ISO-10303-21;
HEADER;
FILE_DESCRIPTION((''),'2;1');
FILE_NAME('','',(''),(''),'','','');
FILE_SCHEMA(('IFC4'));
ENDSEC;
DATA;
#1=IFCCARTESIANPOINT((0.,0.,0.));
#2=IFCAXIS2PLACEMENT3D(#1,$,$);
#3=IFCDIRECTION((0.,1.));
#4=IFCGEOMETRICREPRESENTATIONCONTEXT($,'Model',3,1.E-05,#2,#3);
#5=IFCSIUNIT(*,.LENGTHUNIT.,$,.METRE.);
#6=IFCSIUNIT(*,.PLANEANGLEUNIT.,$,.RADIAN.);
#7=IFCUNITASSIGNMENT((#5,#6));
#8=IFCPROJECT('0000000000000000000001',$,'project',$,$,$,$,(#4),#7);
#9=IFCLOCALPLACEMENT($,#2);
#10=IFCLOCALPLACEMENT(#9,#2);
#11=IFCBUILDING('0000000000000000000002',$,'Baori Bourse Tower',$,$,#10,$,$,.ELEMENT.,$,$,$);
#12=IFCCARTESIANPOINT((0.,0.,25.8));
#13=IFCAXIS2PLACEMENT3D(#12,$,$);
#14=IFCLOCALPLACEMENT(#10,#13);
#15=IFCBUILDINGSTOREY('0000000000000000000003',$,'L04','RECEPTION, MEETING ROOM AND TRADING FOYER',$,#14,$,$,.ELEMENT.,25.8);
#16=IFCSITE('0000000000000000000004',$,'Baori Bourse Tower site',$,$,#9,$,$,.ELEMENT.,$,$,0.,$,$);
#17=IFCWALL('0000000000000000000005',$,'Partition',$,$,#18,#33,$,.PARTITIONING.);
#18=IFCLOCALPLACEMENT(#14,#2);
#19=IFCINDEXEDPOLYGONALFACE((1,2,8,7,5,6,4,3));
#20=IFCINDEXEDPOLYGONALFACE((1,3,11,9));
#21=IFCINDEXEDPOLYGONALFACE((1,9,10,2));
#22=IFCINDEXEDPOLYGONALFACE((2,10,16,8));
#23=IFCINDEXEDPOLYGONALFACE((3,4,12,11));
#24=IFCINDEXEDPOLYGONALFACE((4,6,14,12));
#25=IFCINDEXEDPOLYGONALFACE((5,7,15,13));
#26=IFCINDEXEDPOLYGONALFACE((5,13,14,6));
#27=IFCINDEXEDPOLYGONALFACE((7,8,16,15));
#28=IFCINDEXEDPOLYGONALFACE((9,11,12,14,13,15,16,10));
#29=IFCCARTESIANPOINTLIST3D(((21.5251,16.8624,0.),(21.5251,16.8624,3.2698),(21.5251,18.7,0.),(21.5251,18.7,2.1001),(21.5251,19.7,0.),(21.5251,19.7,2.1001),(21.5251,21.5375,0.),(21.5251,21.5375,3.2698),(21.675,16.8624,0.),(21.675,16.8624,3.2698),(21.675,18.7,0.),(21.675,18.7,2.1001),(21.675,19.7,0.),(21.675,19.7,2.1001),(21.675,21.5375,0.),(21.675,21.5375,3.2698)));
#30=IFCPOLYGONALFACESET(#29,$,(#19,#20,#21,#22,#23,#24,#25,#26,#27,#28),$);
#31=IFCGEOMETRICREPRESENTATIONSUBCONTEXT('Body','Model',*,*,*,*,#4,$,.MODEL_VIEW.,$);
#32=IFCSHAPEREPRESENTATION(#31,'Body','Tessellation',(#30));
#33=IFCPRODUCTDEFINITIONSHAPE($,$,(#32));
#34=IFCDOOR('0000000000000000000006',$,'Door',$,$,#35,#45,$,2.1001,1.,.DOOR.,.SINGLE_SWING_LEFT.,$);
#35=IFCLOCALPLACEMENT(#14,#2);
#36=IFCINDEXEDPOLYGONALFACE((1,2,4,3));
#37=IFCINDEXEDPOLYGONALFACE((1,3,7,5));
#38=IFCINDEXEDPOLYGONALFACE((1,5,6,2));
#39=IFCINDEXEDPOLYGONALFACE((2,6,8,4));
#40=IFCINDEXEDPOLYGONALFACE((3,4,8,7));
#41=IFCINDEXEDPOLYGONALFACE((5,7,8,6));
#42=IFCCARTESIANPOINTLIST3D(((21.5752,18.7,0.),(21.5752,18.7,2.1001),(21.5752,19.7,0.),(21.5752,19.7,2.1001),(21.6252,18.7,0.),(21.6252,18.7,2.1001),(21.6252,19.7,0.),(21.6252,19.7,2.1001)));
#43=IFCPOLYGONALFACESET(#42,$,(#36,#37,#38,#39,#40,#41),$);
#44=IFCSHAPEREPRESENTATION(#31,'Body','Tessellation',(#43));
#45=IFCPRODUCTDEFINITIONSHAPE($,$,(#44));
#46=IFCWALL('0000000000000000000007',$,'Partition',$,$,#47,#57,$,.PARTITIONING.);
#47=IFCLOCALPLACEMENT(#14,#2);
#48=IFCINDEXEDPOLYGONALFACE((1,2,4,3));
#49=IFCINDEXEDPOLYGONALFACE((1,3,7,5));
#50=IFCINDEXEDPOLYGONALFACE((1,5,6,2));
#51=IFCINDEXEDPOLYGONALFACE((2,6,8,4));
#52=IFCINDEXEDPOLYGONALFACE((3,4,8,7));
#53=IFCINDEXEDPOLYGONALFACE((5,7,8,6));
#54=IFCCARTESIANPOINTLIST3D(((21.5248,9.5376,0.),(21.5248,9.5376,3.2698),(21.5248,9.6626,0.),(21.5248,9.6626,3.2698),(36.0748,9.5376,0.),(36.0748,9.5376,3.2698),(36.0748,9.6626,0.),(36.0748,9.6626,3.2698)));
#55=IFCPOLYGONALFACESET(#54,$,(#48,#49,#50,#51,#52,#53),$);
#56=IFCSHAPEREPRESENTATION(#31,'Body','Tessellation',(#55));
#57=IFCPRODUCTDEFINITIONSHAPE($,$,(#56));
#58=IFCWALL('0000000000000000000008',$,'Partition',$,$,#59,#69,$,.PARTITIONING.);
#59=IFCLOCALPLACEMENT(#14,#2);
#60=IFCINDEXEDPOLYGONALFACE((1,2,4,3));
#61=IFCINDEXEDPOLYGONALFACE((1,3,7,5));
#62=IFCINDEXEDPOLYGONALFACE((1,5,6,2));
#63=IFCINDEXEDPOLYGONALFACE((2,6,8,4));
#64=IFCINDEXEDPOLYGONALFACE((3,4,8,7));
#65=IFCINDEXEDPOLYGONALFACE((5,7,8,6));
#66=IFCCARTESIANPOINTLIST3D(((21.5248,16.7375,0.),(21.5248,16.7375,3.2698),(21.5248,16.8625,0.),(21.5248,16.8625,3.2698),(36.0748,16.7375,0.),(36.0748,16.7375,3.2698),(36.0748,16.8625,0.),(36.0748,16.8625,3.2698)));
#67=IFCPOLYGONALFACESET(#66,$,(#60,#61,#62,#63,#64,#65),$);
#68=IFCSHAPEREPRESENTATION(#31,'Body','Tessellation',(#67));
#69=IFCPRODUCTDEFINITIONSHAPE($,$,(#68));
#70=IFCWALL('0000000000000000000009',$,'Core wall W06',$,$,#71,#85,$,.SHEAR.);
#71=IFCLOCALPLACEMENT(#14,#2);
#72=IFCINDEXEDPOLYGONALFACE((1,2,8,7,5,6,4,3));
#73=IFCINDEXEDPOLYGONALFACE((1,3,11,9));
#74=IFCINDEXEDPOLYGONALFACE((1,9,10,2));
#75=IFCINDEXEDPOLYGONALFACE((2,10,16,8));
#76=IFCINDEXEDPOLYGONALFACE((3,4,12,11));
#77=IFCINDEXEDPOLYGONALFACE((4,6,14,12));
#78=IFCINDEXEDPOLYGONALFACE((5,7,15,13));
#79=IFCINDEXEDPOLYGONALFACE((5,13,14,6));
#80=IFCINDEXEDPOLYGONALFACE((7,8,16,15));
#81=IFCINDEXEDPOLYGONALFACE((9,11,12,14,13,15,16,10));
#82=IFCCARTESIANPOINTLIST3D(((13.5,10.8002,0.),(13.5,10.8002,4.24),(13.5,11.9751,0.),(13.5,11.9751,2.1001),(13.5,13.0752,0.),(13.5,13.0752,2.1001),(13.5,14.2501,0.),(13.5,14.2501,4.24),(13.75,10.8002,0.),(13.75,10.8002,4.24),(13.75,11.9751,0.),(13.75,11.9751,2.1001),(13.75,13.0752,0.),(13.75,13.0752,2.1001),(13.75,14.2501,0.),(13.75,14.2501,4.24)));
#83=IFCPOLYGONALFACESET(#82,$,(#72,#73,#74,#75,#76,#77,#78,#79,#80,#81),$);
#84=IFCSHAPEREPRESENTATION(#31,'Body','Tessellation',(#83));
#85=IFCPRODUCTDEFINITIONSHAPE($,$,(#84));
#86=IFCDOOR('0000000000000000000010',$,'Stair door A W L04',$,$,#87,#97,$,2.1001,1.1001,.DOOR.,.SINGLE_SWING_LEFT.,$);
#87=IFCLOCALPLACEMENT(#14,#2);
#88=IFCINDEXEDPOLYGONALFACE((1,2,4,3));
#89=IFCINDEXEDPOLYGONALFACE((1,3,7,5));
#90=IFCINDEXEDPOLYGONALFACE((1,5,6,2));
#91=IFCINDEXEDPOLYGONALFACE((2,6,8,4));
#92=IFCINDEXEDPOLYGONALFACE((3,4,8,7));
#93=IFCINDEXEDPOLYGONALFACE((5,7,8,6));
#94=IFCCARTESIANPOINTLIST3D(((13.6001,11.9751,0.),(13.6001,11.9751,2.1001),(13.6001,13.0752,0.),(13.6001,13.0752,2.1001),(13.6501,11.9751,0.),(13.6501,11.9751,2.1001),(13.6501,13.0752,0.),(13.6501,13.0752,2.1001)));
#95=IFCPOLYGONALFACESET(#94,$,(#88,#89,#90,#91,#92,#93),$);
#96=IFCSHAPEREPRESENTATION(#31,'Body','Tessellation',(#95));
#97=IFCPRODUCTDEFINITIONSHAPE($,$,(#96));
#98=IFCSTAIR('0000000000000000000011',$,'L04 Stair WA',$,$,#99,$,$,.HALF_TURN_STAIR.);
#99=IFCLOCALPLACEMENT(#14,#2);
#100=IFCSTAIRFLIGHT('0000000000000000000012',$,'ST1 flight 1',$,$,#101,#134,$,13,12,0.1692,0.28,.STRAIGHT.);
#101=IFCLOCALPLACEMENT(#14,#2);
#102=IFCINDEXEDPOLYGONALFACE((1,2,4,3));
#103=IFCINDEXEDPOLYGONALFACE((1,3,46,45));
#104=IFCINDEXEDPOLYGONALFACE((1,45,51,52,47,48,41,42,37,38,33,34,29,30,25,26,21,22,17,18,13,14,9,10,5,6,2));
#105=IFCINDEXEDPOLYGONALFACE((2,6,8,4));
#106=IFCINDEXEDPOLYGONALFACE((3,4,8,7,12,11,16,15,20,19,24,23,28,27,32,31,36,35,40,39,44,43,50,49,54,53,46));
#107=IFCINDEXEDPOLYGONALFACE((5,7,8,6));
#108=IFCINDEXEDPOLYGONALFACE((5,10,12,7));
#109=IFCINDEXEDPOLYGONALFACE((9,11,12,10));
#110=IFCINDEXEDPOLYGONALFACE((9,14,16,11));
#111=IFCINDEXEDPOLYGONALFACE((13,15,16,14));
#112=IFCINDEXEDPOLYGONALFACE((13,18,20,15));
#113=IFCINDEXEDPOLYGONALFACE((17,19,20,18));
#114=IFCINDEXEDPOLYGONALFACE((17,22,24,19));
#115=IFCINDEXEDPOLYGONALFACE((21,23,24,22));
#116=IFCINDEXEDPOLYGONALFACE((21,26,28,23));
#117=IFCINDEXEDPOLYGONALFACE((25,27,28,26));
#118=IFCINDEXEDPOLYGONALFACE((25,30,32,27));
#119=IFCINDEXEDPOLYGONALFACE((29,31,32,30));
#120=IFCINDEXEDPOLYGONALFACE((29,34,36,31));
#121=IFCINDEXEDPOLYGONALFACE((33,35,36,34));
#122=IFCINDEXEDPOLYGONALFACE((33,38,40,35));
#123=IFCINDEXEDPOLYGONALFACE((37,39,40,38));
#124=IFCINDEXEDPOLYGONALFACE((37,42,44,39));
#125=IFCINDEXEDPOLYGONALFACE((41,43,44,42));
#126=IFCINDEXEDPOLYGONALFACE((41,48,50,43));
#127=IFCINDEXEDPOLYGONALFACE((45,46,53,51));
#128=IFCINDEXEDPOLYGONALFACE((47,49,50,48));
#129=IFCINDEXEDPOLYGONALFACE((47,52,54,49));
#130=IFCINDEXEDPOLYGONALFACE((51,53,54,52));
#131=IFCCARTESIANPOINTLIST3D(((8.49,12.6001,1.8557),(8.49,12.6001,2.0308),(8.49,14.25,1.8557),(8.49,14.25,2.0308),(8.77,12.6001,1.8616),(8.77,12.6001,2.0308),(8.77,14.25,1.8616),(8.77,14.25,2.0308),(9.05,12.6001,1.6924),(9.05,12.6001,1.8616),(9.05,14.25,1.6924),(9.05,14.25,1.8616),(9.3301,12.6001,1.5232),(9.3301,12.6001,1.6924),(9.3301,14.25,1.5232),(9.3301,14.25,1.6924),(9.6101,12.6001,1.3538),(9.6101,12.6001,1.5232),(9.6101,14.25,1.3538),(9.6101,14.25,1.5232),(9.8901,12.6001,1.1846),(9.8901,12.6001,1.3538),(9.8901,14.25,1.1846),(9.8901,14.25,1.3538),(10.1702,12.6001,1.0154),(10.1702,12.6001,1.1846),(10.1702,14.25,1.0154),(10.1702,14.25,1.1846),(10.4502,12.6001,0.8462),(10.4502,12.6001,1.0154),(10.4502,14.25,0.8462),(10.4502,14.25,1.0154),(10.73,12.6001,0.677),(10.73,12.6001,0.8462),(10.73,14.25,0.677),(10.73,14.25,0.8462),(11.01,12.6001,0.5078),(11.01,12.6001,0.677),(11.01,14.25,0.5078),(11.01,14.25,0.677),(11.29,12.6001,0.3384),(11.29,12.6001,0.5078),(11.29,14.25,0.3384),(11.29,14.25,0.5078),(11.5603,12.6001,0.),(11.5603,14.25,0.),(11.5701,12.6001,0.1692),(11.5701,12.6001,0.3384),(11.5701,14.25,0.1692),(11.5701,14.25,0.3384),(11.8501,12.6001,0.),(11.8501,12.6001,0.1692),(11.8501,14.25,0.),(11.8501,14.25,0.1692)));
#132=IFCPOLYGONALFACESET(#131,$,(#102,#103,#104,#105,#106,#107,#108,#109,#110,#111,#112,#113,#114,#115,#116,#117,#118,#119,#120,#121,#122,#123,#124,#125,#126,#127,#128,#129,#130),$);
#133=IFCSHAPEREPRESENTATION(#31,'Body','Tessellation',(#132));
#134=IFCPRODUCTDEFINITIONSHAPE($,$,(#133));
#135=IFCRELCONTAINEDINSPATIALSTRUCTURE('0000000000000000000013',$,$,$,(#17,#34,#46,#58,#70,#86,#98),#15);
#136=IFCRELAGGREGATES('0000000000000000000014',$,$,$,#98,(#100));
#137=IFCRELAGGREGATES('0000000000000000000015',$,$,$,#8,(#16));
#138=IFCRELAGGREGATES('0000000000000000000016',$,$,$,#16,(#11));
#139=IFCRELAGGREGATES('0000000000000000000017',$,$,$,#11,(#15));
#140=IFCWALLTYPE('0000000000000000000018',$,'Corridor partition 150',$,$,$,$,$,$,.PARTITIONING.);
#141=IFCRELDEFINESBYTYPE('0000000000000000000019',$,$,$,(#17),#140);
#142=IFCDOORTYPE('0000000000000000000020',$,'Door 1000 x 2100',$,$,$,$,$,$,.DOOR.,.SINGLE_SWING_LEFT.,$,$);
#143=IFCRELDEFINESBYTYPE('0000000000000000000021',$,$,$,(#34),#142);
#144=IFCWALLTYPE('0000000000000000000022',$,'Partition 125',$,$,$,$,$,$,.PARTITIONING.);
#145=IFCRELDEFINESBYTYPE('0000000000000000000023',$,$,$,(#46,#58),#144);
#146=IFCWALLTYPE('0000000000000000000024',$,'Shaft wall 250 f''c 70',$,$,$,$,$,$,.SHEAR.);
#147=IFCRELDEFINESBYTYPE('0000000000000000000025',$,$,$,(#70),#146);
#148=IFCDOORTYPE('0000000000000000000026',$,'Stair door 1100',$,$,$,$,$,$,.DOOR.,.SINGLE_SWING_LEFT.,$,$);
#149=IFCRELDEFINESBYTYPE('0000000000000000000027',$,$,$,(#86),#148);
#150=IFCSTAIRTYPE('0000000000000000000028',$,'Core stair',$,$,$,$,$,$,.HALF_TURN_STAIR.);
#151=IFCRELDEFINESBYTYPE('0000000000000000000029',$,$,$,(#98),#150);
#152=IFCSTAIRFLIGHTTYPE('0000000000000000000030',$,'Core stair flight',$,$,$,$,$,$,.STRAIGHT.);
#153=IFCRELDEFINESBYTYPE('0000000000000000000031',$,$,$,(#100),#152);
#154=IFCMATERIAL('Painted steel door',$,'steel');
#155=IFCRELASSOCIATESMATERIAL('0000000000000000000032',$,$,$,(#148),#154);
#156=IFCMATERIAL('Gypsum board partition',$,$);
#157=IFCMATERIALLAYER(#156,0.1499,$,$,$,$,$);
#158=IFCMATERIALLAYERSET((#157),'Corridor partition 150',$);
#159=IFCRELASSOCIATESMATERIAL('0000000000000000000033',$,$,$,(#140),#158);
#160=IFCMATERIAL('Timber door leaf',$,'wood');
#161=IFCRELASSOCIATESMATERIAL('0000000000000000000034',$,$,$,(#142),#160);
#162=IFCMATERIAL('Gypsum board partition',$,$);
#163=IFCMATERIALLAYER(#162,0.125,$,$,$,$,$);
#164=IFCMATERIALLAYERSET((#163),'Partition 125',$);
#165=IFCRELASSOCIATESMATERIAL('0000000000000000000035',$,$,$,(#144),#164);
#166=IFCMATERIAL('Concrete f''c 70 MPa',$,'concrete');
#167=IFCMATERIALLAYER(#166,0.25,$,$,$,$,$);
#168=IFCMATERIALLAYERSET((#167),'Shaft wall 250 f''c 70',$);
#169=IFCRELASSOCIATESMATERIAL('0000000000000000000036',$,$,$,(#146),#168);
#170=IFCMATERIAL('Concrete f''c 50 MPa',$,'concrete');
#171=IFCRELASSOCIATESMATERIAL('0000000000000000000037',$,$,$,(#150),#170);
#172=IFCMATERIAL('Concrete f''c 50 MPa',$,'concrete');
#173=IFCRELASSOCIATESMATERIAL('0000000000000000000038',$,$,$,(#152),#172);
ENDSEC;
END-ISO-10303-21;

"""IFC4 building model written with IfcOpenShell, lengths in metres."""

from ifc_helpers import new_model, si_unit, direction, frame, frame_2d, origin, place, context, subcontext, project, spatial, polyline, rectangle, outline, extrude, material, layer, layer_set, type_object, element, fill, aggregate, save


model = new_model("IFC4")

# Units and contexts
model_context = context("Model", 3, precision=1e-05, world=origin(), true_north=direction((0.0, 1.0)))
body_context = subcontext(model_context, "Body", "Model", "MODEL_VIEW")
ifc_project = project(units=[si_unit("LENGTHUNIT", "METRE"), si_unit("PLANEANGLEUNIT", "RADIAN")], contexts=[model_context])

# Site, building, storey
site_placement = place(None, origin())
site = spatial("IfcSite", under=ifc_project, at=site_placement, Name="Baori Bourse Tower site", CompositionType="ELEMENT", RefElevation=0.0)
building_placement = place(site_placement, origin())
building = spatial("IfcBuilding", under=site, at=building_placement, Name="Baori Bourse Tower", CompositionType="ELEMENT")
storey_placement = place(building_placement, frame((0.0, 0.0, 25.8)))
storey = spatial("IfcBuildingStorey", under=building, at=storey_placement, Name="L04", Description="RECEPTION, MEETING ROOM AND TRADING FOYER", CompositionType="ELEMENT", Elevation=25.8)

# Shared definitions
ifc_material_1 = material(Name="Painted steel door", Category="steel")
door_type_1 = type_object("IfcDoorType", Name="Stair door 1100", OperationType="SINGLE_SWING_LEFT", PredefinedType="DOOR", material=ifc_material_1)

# Shared definitions
ifc_material_2 = material(Name="Gypsum board partition")
ifc_layer_1 = layer(ifc_material_2, 0.1499)
ifc_layer_set_1 = layer_set([ifc_layer_1], Name="Corridor partition 150")
wall_type_1 = type_object("IfcWallType", Name="Corridor partition 150", PredefinedType="PARTITIONING", material=ifc_layer_set_1)
ifc_material_3 = material(Name="Timber door leaf", Category="wood")
door_type_2 = type_object("IfcDoorType", Name="Door 1000 x 2100", OperationType="SINGLE_SWING_LEFT", PredefinedType="DOOR", material=ifc_material_3)

# Wall, opening, door
wall_1_placement = place(storey_placement, frame((21.6001, 16.8625, 0.0), z_axis=(0.0, 0.0, 1.0), x_axis=(0.0, 1.0, 0.0)))
wall_1 = element("IfcWall", 1, at=wall_1_placement, inside=storey, type_object=wall_type_1, Name="Partition", PredefinedType="PARTITIONING", context=body_context, shape_type="SweptSolid", body=[
    extrude(rectangle(XDim=4.675, YDim=0.1499, at=frame_2d((2.3374, 0.0))), origin(), (0.0, 0.0, 1.0), 3.2698),
])
opening_1_placement = place(wall_1_placement, frame((1.8374, 0.0, 0.0)))
opening_1 = element("IfcOpeningElement", 2, at=opening_1_placement, cuts=wall_1, PredefinedType="OPENING", context=body_context, shape_type="SweptSolid", body=[
    extrude(rectangle(XDim=1.0, YDim=2.1001, at=frame_2d((0.5, 1.05))), frame((0.0, 0.085, 0.0), z_axis=(0.0, -1.0, 0.0), x_axis=(1.0, 0.0, 0.0)), (0.0, 0.0, 1.0), 0.1699),
])
door_1_placement = place(opening_1_placement, origin())
door_1 = element("IfcDoor", 3, at=door_1_placement, inside=storey, type_object=door_type_2, Name="Door", OperationType="SINGLE_SWING_LEFT", OverallHeight=2.1001, OverallWidth=1.0, PredefinedType="DOOR", context=body_context, shape_type="SweptSolid", body=[
    extrude(rectangle(XDim=1.0, YDim=2.1001, at=frame_2d((0.5, 1.05))), frame((0.0, 0.0249, 0.0), z_axis=(0.0, -1.0, 0.0), x_axis=(1.0, 0.0, 0.0)), (0.0, 0.0, 1.0), 0.05),
])
fill(opening_1, door_1)

# Walls
ifc_material_4 = material(Name="Gypsum board partition")
ifc_layer_2 = layer(ifc_material_4, 0.125)
ifc_layer_set_2 = layer_set([ifc_layer_2], Name="Partition 125")
wall_type_2 = type_object("IfcWallType", Name="Partition 125", PredefinedType="PARTITIONING", material=ifc_layer_set_2)
for number, where, z_axis, x_axis, name in (
    (4, (21.5249, 9.6001, 0.0), (0.0, 0.0, 1.0), (1.0, 0.0, 0.0), "Partition"),
    (5, (21.5249, 16.8, 0.0), (0.0, 0.0, 1.0), (1.0, 0.0, 0.0), "Partition"),
):
    element("IfcWall", number, at=place(storey_placement, frame(where, z_axis=z_axis, x_axis=x_axis)), inside=storey, type_object=wall_type_2, Name=name, PredefinedType="PARTITIONING", context=body_context, shape_type="SweptSolid", body=[
        extrude(rectangle(XDim=14.55, YDim=0.125, at=frame_2d((7.2749, 0.0))), origin(), (0.0, 0.0, 1.0), 3.2698),
    ])

# Wall, opening, door
ifc_material_5 = material(Name="Concrete f'c 70 MPa", Category="concrete")
ifc_layer_3 = layer(ifc_material_5, 0.25)
ifc_layer_set_3 = layer_set([ifc_layer_3], Name="Shaft wall 250 f'c 70")
wall_type_3 = type_object("IfcWallType", Name="Shaft wall 250 f'c 70", PredefinedType="SHEAR", material=ifc_layer_set_3)
wall_2_placement = place(storey_placement, frame((13.625, 10.8, 0.0), z_axis=(0.0, 0.0, 1.0), x_axis=(0.0, 1.0, 0.0)))
wall_2 = element("IfcWall", 6, at=wall_2_placement, inside=storey, type_object=wall_type_3, Name="Core wall W06", PredefinedType="SHEAR", context=body_context, shape_type="SweptSolid", body=[
    extrude(rectangle(XDim=3.45, YDim=0.25, at=frame_2d((1.7251, 0.0))), origin(), (0.0, 0.0, 1.0), 4.24),
])
opening_2_placement = place(wall_2_placement, frame((1.175, 0.0, 0.0)))
opening_2 = element("IfcOpeningElement", 7, at=opening_2_placement, cuts=wall_2, PredefinedType="OPENING", context=body_context, shape_type="SweptSolid", body=[
    extrude(rectangle(XDim=1.1001, YDim=2.1001, at=frame_2d((0.55, 1.05))), frame((0.0, 0.135, 0.0), z_axis=(0.0, -1.0, 0.0), x_axis=(1.0, 0.0, 0.0)), (0.0, 0.0, 1.0), 0.27),
])
door_2_placement = place(opening_2_placement, origin())
door_2 = element("IfcDoor", 8, at=door_2_placement, inside=storey, type_object=door_type_1, Name="Stair door A W L04", OperationType="SINGLE_SWING_LEFT", OverallHeight=2.1001, OverallWidth=1.1001, PredefinedType="DOOR", context=body_context, shape_type="SweptSolid", body=[
    extrude(rectangle(XDim=1.1001, YDim=2.1001, at=frame_2d((0.55, 1.05))), frame((0.0, 0.0249, 0.0), z_axis=(0.0, -1.0, 0.0), x_axis=(1.0, 0.0, 0.0)), (0.0, 0.0, 1.0), 0.05),
])
fill(opening_2, door_2)

# Stair, stair flight
ifc_material_6 = material(Name="Concrete f'c 50 MPa", Category="concrete")
stair_type = type_object("IfcStairType", Name="Core stair", PredefinedType="HALF_TURN_STAIR", material=ifc_material_6)
stair_placement = place(storey_placement, origin())
stair = element("IfcStair", 9, at=stair_placement, inside=storey, type_object=stair_type, Name="L04 Stair WA", PredefinedType="HALF_TURN_STAIR")
ifc_material_7 = material(Name="Concrete f'c 50 MPa", Category="concrete")
stair_flight_type = type_object("IfcStairFlightType", Name="Core stair flight", PredefinedType="STRAIGHT", material=ifc_material_7)
stair_flight_placement = place(storey_placement, frame((11.8501, 13.425, 0.0), z_axis=(0.0, 0.0, 1.0), x_axis=(-1.0, 0.0, 0.0)))
stair_flight = element("IfcStairFlight", 10, at=stair_flight_placement, type_object=stair_flight_type, Name="ST1 flight 1", NumberOfRisers=13, NumberOfTreads=12, PredefinedType="STRAIGHT", RiserHeight=0.1692, TreadLength=0.28, context=body_context, shape_type="SweptSolid", body=[
    extrude(outline(polyline([(0.0, 0.0), (0.0, 0.1692), (0.28, 0.1692), (0.28, 0.3384), (0.5601, 0.3384), (0.5601, 0.5078), (0.8401, 0.5078), (0.8401, 0.677), (1.1201, 0.677), (1.1201, 0.8462), (1.3999, 0.8462), (1.3999, 1.0154), (1.6799, 1.0154), (1.6799, 1.1846), (1.96, 1.1846), (1.96, 1.3538), (2.24, 1.3538), (2.24, 1.5232), (2.52, 1.5232), (2.52, 1.6924), (2.8, 1.6924), (2.8, 1.8616), (3.0801, 1.8616), (3.0801, 2.0308), (3.3601, 2.0308), (3.3601, 2.2), (3.3601, 1.8557), (0.2898, 0.0), (0.0, 0.0)])), frame((0.0, 0.825, 0.0), z_axis=(0.0, -1.0, 0.0), x_axis=(1.0, 0.0, 0.0)), (0.0, 0.0, 1.0), 1.6499),
])
aggregate(stair, [stair_flight])

save(model, "model.ifc")
